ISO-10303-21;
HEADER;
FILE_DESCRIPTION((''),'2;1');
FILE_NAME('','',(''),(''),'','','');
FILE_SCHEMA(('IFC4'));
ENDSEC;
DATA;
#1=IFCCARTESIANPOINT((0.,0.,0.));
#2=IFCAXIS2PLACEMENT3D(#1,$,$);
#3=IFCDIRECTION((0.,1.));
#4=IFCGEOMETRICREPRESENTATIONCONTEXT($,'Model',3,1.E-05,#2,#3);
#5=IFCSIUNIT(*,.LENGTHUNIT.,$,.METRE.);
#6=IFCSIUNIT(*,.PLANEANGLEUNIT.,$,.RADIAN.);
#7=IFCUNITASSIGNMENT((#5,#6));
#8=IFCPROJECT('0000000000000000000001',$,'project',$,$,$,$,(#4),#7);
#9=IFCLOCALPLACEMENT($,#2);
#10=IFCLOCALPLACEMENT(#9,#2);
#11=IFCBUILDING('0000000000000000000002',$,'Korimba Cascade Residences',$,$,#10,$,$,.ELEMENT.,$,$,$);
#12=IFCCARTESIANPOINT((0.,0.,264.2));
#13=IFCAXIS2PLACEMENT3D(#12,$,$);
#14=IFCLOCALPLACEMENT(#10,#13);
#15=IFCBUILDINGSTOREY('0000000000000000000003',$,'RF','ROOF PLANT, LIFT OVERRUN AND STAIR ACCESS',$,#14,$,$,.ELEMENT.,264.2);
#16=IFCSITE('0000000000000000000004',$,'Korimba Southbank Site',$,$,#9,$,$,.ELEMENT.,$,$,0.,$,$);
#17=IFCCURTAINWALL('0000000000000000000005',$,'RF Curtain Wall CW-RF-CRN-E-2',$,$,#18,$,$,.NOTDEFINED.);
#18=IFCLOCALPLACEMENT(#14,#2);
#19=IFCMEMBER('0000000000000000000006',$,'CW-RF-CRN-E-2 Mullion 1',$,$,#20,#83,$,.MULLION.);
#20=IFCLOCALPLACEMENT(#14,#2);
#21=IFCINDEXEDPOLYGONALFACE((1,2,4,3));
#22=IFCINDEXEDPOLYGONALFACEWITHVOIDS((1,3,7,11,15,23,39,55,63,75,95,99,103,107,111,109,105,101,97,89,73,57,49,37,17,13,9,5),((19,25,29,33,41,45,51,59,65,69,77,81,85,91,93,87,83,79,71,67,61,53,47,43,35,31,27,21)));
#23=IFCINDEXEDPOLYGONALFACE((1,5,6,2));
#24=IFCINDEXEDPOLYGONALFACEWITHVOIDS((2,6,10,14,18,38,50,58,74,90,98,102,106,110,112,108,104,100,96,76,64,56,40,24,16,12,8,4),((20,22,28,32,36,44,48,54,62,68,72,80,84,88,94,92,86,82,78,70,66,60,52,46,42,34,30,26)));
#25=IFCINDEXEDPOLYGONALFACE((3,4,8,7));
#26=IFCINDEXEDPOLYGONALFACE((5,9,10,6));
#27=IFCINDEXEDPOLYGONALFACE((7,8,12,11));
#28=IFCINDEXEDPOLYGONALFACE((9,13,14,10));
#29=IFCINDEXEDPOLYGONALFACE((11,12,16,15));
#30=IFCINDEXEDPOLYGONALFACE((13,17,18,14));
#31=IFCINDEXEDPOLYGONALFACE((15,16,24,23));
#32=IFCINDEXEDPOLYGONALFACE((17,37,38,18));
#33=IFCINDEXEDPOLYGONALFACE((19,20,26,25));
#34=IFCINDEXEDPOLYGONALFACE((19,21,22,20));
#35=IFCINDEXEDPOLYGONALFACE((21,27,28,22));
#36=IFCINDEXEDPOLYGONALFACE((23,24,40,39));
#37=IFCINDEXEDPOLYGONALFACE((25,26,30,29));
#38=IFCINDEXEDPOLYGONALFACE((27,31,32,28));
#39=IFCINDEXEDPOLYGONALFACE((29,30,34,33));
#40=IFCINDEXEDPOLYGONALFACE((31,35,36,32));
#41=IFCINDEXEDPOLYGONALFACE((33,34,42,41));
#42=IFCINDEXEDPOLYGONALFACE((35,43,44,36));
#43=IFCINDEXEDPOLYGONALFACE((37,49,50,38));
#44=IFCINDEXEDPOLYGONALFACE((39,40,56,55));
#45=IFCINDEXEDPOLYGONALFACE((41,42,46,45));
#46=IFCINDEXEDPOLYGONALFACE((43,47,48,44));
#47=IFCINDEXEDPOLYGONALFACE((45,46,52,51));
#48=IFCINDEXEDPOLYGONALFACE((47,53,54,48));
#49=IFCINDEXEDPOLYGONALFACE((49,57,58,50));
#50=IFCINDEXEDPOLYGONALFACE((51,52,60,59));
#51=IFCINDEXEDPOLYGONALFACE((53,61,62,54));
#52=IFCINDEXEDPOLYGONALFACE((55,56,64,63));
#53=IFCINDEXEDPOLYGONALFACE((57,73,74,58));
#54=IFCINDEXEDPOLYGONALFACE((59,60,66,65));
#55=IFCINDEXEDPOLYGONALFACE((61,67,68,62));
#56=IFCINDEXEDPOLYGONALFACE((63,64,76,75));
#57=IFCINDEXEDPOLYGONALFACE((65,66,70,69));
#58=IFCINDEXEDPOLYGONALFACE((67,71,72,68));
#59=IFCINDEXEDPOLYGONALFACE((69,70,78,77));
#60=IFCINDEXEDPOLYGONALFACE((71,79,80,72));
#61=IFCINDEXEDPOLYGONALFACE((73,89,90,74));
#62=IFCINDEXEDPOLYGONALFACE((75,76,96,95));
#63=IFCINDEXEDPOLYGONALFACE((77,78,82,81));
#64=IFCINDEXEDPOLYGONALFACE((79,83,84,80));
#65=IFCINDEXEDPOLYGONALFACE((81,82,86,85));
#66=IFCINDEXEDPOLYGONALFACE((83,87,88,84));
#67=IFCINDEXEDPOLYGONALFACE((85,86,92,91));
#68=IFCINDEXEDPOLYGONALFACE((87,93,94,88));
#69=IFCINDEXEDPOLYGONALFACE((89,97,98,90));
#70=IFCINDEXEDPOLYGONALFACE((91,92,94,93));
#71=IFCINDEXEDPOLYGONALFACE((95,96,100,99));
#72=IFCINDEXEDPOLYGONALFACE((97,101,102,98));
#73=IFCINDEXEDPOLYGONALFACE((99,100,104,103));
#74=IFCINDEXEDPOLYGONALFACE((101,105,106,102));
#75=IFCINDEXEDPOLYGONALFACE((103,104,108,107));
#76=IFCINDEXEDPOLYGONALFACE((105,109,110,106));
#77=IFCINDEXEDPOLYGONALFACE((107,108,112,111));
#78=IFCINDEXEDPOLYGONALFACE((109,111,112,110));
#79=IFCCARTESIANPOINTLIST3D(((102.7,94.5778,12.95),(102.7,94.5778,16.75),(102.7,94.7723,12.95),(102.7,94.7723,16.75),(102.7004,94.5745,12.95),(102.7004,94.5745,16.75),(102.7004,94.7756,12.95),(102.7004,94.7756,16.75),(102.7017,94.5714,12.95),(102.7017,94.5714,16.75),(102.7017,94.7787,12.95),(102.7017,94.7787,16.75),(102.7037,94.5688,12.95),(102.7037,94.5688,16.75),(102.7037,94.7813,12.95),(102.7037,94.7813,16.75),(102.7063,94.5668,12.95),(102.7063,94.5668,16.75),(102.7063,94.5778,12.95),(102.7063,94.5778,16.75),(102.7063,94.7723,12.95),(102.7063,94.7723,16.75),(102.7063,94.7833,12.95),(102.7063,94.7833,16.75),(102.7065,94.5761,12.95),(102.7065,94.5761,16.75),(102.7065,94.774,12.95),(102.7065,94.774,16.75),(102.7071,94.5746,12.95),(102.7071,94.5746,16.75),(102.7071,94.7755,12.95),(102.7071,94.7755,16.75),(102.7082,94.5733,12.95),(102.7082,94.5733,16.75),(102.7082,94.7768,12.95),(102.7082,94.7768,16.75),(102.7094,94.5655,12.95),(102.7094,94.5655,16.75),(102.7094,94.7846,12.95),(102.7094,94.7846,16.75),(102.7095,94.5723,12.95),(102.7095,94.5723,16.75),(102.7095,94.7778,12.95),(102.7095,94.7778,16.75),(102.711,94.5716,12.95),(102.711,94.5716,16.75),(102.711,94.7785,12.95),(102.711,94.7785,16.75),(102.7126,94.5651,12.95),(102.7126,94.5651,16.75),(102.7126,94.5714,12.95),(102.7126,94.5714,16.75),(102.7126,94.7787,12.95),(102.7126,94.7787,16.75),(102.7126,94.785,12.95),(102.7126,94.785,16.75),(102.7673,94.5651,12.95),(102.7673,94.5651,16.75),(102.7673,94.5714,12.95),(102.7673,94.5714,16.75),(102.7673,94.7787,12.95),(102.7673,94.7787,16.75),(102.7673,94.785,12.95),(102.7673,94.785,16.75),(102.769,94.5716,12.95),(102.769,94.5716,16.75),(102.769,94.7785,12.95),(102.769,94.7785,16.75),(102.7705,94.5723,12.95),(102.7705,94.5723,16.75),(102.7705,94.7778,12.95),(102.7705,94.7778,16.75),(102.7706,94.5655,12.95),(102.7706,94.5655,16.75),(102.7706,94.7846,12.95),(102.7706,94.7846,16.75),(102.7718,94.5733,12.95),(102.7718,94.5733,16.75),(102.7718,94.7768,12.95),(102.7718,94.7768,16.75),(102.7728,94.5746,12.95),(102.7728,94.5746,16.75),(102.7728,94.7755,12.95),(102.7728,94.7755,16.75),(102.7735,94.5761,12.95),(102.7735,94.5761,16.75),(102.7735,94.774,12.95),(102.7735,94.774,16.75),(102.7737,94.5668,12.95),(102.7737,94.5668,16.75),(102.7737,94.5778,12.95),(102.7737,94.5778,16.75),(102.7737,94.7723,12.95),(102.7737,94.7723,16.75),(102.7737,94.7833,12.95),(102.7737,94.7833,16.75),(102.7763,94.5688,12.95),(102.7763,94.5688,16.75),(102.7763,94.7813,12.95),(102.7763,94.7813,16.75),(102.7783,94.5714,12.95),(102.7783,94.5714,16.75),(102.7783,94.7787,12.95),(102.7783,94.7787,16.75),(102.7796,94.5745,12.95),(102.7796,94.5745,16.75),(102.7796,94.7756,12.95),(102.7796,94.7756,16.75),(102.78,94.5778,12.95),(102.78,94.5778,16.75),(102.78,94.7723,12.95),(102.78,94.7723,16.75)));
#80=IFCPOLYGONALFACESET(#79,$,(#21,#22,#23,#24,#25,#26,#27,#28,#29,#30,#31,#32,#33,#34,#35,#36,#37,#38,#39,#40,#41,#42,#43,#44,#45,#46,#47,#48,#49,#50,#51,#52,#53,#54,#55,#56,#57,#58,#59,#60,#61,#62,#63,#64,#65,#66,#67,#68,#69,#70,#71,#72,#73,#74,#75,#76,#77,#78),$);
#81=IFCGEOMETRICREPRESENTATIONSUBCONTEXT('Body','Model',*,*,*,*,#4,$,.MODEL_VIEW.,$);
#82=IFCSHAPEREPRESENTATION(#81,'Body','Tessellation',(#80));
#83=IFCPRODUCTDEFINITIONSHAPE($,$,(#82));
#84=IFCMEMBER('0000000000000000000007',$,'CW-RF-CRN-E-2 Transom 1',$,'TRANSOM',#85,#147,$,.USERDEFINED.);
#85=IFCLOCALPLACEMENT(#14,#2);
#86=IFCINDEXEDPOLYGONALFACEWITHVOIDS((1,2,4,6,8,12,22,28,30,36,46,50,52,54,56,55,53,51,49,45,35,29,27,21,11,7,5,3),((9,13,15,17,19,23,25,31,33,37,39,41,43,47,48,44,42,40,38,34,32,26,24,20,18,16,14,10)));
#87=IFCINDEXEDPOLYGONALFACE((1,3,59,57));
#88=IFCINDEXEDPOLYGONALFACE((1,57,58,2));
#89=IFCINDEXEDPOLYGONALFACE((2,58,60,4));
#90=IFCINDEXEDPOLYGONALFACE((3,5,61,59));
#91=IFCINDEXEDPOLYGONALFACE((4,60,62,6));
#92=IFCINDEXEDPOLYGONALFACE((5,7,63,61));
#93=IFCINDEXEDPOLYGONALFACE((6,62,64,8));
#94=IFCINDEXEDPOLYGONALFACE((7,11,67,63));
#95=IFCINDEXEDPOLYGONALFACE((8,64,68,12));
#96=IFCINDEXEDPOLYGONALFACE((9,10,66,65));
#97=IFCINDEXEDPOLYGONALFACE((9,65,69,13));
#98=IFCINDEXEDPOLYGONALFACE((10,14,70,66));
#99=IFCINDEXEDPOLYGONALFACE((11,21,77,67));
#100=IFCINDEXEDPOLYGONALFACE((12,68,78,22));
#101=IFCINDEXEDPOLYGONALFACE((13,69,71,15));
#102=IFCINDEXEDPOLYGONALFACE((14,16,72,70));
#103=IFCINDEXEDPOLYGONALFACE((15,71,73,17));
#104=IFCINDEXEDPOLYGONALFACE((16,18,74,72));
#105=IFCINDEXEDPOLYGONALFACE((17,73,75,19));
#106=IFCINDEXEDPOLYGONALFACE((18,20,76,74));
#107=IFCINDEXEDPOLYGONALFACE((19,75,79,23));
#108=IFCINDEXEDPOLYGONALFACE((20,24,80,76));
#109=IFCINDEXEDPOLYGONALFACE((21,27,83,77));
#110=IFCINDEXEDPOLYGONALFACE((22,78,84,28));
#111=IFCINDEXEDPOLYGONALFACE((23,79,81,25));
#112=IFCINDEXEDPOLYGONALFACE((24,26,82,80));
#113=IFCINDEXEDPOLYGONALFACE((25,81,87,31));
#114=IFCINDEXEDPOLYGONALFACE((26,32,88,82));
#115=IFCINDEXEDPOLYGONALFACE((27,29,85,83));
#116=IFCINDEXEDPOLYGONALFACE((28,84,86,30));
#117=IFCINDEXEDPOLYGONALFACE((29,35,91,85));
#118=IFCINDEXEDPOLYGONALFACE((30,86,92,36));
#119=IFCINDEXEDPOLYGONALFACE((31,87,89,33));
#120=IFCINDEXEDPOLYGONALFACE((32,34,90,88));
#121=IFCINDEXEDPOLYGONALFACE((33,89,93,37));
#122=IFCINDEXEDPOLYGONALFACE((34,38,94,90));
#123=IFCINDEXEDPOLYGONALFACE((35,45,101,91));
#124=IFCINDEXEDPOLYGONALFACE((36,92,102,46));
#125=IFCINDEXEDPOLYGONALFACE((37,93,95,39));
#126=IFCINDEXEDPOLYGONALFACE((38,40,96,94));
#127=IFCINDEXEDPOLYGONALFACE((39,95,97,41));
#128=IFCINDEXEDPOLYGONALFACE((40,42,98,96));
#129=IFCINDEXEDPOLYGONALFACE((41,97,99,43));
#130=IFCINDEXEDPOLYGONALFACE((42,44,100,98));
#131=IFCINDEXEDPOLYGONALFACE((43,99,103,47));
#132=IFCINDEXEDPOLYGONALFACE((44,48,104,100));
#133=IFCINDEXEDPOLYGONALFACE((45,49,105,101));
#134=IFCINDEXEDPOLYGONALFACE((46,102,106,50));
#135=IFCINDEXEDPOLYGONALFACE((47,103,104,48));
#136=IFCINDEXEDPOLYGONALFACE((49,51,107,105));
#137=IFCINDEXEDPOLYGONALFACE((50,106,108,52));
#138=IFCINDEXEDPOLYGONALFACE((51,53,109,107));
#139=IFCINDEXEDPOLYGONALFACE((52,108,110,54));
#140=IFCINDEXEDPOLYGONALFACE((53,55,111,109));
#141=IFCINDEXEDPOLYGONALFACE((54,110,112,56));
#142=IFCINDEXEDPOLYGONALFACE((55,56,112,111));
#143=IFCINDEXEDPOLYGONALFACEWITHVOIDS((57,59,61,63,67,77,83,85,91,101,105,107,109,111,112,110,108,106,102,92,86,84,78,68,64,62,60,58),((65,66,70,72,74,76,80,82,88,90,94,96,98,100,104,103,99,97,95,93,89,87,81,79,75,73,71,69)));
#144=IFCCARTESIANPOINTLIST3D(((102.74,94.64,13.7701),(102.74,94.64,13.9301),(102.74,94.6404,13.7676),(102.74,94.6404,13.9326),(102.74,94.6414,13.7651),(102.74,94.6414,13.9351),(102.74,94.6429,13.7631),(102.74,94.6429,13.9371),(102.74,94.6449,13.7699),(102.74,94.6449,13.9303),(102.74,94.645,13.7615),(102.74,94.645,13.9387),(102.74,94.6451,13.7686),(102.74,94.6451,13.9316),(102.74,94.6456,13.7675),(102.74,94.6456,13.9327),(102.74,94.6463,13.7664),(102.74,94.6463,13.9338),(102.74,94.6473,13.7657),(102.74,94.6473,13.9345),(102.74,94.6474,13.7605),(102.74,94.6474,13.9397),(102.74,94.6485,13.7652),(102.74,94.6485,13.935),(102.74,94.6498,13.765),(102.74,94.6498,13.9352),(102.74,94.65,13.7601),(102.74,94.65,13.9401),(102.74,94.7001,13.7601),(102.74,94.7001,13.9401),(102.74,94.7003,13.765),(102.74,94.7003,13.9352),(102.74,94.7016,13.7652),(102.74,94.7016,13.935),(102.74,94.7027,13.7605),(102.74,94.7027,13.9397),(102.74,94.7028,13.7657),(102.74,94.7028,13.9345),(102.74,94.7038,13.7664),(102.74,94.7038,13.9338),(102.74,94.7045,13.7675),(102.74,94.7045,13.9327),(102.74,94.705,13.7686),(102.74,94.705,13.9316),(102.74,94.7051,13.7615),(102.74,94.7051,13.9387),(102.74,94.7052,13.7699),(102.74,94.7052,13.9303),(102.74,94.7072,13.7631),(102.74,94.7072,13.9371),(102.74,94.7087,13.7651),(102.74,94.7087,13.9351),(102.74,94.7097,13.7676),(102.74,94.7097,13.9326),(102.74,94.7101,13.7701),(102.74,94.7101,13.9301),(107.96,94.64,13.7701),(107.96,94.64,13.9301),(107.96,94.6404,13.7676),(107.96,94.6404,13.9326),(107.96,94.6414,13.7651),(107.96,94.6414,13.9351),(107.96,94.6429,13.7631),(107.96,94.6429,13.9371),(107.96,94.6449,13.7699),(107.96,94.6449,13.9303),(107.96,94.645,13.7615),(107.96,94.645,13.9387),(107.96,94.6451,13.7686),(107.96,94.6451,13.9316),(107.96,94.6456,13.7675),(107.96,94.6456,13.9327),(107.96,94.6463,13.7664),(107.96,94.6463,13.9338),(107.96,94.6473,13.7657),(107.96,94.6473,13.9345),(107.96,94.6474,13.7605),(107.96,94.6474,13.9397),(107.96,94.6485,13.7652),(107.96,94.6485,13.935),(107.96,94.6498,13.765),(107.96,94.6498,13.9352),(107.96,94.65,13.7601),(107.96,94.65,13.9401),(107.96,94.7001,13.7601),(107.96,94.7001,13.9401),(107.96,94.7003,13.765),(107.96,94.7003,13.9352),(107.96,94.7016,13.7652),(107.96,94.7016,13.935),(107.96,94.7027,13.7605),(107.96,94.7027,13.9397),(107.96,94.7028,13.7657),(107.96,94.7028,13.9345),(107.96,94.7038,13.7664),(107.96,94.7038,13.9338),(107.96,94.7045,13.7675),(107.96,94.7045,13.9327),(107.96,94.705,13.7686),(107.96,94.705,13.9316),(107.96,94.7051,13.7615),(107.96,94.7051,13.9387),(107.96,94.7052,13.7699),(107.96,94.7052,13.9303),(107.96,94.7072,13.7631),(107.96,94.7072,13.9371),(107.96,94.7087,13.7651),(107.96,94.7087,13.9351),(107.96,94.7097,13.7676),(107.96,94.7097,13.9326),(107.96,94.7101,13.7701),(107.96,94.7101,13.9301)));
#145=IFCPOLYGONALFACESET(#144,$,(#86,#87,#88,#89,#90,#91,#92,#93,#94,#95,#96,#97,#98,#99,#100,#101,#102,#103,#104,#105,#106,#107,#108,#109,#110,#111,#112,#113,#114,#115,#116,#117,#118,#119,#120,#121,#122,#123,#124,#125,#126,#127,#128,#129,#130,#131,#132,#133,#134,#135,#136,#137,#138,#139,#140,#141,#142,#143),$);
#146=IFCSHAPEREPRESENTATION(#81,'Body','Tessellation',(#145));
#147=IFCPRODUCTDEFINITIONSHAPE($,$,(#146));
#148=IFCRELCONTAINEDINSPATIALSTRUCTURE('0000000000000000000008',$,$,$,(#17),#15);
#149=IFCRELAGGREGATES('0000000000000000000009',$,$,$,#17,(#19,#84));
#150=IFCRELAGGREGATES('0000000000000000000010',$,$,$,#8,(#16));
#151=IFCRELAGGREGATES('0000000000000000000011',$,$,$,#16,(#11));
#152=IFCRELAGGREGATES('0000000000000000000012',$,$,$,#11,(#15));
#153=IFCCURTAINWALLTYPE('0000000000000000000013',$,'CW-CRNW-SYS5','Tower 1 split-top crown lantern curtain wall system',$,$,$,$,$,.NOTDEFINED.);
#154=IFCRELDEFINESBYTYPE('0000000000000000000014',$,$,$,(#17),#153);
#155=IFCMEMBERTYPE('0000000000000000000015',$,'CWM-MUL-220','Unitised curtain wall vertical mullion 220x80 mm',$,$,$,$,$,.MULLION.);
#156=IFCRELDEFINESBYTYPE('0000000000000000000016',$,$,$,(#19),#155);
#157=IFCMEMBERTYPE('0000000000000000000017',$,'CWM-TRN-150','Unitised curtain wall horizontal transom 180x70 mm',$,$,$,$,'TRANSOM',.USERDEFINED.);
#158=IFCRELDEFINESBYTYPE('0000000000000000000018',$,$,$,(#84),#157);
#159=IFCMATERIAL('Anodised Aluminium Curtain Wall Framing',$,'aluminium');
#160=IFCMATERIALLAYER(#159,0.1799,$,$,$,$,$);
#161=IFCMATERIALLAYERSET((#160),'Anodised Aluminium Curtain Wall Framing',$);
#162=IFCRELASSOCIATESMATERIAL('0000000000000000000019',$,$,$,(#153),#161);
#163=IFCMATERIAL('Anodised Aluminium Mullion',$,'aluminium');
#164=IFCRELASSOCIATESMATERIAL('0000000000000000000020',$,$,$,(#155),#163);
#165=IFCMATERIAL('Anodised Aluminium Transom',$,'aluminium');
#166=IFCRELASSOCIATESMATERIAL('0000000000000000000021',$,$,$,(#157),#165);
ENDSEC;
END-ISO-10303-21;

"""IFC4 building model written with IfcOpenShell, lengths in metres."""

from ifc_helpers import new_model, si_unit, direction, frame, origin, origin_2d, place, context, subcontext, project, spatial, hollow_rectangle, extrude, material, layer, layer_set, material_profile, profile_set, type_object, element, aggregate, save


model = new_model("IFC4")

# Units and contexts
model_context = context("Model", 3, precision=1e-05, world=origin(), true_north=direction((0.0, 1.0)))
body_context = subcontext(model_context, "Body", "Model", "MODEL_VIEW")
ifc_project = project(units=[si_unit("LENGTHUNIT", "METRE"), si_unit("PLANEANGLEUNIT", "RADIAN")], contexts=[model_context])

# Site, building, storey
site_placement = place(None, origin())
site = spatial("IfcSite", under=ifc_project, at=site_placement, Name="Korimba Southbank Site", CompositionType="ELEMENT", RefElevation=0.0)
building_placement = place(site_placement, origin())
building = spatial("IfcBuilding", under=site, at=building_placement, Name="Korimba Cascade Residences", CompositionType="ELEMENT")
storey_placement = place(building_placement, frame((0.0, 0.0, 264.2)))
storey = spatial("IfcBuildingStorey", under=building, at=storey_placement, Name="RF", Description="ROOF PLANT, LIFT OVERRUN AND STAIR ACCESS", CompositionType="ELEMENT", Elevation=264.2)

# Curtain wall, members
ifc_material_1 = material(Name="Anodised Aluminium Curtain Wall Framing", Category="aluminium")
ifc_layer_1 = layer(ifc_material_1, 0.1799)
ifc_layer_set_1 = layer_set([ifc_layer_1], Name="Anodised Aluminium Curtain Wall Framing")
curtain_wall_type = type_object("IfcCurtainWallType", Name="CW-CRNW-SYS5", Description="Tower 1 split-top crown lantern curtain wall system", PredefinedType="NOTDEFINED", material=ifc_layer_set_1)
curtain_wall_placement = place(storey_placement, origin())
curtain_wall = element("IfcCurtainWall", 1, at=curtain_wall_placement, inside=storey, type_object=curtain_wall_type, Name="RF Curtain Wall CW-RF-CRN-E-2", PredefinedType="NOTDEFINED")
ifc_material_2 = material(Name="Anodised Aluminium Mullion", Category="aluminium")
ifc_material_profile_1 = material_profile(ifc_material_2, hollow_rectangle(XDim=0.0801, YDim=0.22, WallThickness=0.0063, InnerFilletRadius=0.0063, OuterFilletRadius=0.0127, at=origin_2d()), Name="Anodised Aluminium Mullion")
ifc_profile_set_1 = profile_set([ifc_material_profile_1], Name="Anodised Aluminium Mullion")
member_type_1 = type_object("IfcMemberType", Name="CWM-MUL-220", Description="Unitised curtain wall vertical mullion 220x80 mm", PredefinedType="MULLION", material=ifc_profile_set_1)
member_1_placement = place(storey_placement, frame((102.74, 94.675, 12.95), z_axis=(0.0, 0.0, 1.0), x_axis=(1.0, 0.0, 0.0)))
member_1 = element("IfcMember", 2, at=member_1_placement, type_object=member_type_1, Name="CW-RF-CRN-E-2 Mullion 1", PredefinedType="MULLION", context=body_context, shape_type="SweptSolid", body=[
    extrude(hollow_rectangle(XDim=0.0801, YDim=0.22, WallThickness=0.0063, InnerFilletRadius=0.0063, OuterFilletRadius=0.0127, at=origin_2d()), origin(), (0.0, 0.0, 1.0), 3.8),
])
ifc_material_3 = material(Name="Anodised Aluminium Transom", Category="aluminium")
ifc_material_profile_2 = material_profile(ifc_material_3, hollow_rectangle(XDim=0.0701, YDim=0.1799, WallThickness=0.0049, InnerFilletRadius=0.0049, OuterFilletRadius=0.01, at=origin_2d()), Name="Anodised Aluminium Transom")
ifc_profile_set_2 = profile_set([ifc_material_profile_2], Name="Anodised Aluminium Transom")
member_type_2 = type_object("IfcMemberType", Name="CWM-TRN-150", Description="Unitised curtain wall horizontal transom 180x70 mm", ElementType="TRANSOM", PredefinedType="USERDEFINED", material=ifc_profile_set_2)
member_2_placement = place(storey_placement, frame((102.74, 94.675, 13.8501), z_axis=(1.0, 0.0, 0.0), x_axis=(0.0, 1.0, 0.0)))
member_2 = element("IfcMember", 3, at=member_2_placement, type_object=member_type_2, Name="CW-RF-CRN-E-2 Transom 1", ObjectType="TRANSOM", PredefinedType="USERDEFINED", context=body_context, shape_type="SweptSolid", body=[
    extrude(hollow_rectangle(XDim=0.0701, YDim=0.1799, WallThickness=0.0049, InnerFilletRadius=0.0049, OuterFilletRadius=0.01, at=origin_2d()), origin(), (0.0, 0.0, 1.0), 5.22),
])

aggregate(curtain_wall, [member_1, member_2])

save(model, "model.ifc")
